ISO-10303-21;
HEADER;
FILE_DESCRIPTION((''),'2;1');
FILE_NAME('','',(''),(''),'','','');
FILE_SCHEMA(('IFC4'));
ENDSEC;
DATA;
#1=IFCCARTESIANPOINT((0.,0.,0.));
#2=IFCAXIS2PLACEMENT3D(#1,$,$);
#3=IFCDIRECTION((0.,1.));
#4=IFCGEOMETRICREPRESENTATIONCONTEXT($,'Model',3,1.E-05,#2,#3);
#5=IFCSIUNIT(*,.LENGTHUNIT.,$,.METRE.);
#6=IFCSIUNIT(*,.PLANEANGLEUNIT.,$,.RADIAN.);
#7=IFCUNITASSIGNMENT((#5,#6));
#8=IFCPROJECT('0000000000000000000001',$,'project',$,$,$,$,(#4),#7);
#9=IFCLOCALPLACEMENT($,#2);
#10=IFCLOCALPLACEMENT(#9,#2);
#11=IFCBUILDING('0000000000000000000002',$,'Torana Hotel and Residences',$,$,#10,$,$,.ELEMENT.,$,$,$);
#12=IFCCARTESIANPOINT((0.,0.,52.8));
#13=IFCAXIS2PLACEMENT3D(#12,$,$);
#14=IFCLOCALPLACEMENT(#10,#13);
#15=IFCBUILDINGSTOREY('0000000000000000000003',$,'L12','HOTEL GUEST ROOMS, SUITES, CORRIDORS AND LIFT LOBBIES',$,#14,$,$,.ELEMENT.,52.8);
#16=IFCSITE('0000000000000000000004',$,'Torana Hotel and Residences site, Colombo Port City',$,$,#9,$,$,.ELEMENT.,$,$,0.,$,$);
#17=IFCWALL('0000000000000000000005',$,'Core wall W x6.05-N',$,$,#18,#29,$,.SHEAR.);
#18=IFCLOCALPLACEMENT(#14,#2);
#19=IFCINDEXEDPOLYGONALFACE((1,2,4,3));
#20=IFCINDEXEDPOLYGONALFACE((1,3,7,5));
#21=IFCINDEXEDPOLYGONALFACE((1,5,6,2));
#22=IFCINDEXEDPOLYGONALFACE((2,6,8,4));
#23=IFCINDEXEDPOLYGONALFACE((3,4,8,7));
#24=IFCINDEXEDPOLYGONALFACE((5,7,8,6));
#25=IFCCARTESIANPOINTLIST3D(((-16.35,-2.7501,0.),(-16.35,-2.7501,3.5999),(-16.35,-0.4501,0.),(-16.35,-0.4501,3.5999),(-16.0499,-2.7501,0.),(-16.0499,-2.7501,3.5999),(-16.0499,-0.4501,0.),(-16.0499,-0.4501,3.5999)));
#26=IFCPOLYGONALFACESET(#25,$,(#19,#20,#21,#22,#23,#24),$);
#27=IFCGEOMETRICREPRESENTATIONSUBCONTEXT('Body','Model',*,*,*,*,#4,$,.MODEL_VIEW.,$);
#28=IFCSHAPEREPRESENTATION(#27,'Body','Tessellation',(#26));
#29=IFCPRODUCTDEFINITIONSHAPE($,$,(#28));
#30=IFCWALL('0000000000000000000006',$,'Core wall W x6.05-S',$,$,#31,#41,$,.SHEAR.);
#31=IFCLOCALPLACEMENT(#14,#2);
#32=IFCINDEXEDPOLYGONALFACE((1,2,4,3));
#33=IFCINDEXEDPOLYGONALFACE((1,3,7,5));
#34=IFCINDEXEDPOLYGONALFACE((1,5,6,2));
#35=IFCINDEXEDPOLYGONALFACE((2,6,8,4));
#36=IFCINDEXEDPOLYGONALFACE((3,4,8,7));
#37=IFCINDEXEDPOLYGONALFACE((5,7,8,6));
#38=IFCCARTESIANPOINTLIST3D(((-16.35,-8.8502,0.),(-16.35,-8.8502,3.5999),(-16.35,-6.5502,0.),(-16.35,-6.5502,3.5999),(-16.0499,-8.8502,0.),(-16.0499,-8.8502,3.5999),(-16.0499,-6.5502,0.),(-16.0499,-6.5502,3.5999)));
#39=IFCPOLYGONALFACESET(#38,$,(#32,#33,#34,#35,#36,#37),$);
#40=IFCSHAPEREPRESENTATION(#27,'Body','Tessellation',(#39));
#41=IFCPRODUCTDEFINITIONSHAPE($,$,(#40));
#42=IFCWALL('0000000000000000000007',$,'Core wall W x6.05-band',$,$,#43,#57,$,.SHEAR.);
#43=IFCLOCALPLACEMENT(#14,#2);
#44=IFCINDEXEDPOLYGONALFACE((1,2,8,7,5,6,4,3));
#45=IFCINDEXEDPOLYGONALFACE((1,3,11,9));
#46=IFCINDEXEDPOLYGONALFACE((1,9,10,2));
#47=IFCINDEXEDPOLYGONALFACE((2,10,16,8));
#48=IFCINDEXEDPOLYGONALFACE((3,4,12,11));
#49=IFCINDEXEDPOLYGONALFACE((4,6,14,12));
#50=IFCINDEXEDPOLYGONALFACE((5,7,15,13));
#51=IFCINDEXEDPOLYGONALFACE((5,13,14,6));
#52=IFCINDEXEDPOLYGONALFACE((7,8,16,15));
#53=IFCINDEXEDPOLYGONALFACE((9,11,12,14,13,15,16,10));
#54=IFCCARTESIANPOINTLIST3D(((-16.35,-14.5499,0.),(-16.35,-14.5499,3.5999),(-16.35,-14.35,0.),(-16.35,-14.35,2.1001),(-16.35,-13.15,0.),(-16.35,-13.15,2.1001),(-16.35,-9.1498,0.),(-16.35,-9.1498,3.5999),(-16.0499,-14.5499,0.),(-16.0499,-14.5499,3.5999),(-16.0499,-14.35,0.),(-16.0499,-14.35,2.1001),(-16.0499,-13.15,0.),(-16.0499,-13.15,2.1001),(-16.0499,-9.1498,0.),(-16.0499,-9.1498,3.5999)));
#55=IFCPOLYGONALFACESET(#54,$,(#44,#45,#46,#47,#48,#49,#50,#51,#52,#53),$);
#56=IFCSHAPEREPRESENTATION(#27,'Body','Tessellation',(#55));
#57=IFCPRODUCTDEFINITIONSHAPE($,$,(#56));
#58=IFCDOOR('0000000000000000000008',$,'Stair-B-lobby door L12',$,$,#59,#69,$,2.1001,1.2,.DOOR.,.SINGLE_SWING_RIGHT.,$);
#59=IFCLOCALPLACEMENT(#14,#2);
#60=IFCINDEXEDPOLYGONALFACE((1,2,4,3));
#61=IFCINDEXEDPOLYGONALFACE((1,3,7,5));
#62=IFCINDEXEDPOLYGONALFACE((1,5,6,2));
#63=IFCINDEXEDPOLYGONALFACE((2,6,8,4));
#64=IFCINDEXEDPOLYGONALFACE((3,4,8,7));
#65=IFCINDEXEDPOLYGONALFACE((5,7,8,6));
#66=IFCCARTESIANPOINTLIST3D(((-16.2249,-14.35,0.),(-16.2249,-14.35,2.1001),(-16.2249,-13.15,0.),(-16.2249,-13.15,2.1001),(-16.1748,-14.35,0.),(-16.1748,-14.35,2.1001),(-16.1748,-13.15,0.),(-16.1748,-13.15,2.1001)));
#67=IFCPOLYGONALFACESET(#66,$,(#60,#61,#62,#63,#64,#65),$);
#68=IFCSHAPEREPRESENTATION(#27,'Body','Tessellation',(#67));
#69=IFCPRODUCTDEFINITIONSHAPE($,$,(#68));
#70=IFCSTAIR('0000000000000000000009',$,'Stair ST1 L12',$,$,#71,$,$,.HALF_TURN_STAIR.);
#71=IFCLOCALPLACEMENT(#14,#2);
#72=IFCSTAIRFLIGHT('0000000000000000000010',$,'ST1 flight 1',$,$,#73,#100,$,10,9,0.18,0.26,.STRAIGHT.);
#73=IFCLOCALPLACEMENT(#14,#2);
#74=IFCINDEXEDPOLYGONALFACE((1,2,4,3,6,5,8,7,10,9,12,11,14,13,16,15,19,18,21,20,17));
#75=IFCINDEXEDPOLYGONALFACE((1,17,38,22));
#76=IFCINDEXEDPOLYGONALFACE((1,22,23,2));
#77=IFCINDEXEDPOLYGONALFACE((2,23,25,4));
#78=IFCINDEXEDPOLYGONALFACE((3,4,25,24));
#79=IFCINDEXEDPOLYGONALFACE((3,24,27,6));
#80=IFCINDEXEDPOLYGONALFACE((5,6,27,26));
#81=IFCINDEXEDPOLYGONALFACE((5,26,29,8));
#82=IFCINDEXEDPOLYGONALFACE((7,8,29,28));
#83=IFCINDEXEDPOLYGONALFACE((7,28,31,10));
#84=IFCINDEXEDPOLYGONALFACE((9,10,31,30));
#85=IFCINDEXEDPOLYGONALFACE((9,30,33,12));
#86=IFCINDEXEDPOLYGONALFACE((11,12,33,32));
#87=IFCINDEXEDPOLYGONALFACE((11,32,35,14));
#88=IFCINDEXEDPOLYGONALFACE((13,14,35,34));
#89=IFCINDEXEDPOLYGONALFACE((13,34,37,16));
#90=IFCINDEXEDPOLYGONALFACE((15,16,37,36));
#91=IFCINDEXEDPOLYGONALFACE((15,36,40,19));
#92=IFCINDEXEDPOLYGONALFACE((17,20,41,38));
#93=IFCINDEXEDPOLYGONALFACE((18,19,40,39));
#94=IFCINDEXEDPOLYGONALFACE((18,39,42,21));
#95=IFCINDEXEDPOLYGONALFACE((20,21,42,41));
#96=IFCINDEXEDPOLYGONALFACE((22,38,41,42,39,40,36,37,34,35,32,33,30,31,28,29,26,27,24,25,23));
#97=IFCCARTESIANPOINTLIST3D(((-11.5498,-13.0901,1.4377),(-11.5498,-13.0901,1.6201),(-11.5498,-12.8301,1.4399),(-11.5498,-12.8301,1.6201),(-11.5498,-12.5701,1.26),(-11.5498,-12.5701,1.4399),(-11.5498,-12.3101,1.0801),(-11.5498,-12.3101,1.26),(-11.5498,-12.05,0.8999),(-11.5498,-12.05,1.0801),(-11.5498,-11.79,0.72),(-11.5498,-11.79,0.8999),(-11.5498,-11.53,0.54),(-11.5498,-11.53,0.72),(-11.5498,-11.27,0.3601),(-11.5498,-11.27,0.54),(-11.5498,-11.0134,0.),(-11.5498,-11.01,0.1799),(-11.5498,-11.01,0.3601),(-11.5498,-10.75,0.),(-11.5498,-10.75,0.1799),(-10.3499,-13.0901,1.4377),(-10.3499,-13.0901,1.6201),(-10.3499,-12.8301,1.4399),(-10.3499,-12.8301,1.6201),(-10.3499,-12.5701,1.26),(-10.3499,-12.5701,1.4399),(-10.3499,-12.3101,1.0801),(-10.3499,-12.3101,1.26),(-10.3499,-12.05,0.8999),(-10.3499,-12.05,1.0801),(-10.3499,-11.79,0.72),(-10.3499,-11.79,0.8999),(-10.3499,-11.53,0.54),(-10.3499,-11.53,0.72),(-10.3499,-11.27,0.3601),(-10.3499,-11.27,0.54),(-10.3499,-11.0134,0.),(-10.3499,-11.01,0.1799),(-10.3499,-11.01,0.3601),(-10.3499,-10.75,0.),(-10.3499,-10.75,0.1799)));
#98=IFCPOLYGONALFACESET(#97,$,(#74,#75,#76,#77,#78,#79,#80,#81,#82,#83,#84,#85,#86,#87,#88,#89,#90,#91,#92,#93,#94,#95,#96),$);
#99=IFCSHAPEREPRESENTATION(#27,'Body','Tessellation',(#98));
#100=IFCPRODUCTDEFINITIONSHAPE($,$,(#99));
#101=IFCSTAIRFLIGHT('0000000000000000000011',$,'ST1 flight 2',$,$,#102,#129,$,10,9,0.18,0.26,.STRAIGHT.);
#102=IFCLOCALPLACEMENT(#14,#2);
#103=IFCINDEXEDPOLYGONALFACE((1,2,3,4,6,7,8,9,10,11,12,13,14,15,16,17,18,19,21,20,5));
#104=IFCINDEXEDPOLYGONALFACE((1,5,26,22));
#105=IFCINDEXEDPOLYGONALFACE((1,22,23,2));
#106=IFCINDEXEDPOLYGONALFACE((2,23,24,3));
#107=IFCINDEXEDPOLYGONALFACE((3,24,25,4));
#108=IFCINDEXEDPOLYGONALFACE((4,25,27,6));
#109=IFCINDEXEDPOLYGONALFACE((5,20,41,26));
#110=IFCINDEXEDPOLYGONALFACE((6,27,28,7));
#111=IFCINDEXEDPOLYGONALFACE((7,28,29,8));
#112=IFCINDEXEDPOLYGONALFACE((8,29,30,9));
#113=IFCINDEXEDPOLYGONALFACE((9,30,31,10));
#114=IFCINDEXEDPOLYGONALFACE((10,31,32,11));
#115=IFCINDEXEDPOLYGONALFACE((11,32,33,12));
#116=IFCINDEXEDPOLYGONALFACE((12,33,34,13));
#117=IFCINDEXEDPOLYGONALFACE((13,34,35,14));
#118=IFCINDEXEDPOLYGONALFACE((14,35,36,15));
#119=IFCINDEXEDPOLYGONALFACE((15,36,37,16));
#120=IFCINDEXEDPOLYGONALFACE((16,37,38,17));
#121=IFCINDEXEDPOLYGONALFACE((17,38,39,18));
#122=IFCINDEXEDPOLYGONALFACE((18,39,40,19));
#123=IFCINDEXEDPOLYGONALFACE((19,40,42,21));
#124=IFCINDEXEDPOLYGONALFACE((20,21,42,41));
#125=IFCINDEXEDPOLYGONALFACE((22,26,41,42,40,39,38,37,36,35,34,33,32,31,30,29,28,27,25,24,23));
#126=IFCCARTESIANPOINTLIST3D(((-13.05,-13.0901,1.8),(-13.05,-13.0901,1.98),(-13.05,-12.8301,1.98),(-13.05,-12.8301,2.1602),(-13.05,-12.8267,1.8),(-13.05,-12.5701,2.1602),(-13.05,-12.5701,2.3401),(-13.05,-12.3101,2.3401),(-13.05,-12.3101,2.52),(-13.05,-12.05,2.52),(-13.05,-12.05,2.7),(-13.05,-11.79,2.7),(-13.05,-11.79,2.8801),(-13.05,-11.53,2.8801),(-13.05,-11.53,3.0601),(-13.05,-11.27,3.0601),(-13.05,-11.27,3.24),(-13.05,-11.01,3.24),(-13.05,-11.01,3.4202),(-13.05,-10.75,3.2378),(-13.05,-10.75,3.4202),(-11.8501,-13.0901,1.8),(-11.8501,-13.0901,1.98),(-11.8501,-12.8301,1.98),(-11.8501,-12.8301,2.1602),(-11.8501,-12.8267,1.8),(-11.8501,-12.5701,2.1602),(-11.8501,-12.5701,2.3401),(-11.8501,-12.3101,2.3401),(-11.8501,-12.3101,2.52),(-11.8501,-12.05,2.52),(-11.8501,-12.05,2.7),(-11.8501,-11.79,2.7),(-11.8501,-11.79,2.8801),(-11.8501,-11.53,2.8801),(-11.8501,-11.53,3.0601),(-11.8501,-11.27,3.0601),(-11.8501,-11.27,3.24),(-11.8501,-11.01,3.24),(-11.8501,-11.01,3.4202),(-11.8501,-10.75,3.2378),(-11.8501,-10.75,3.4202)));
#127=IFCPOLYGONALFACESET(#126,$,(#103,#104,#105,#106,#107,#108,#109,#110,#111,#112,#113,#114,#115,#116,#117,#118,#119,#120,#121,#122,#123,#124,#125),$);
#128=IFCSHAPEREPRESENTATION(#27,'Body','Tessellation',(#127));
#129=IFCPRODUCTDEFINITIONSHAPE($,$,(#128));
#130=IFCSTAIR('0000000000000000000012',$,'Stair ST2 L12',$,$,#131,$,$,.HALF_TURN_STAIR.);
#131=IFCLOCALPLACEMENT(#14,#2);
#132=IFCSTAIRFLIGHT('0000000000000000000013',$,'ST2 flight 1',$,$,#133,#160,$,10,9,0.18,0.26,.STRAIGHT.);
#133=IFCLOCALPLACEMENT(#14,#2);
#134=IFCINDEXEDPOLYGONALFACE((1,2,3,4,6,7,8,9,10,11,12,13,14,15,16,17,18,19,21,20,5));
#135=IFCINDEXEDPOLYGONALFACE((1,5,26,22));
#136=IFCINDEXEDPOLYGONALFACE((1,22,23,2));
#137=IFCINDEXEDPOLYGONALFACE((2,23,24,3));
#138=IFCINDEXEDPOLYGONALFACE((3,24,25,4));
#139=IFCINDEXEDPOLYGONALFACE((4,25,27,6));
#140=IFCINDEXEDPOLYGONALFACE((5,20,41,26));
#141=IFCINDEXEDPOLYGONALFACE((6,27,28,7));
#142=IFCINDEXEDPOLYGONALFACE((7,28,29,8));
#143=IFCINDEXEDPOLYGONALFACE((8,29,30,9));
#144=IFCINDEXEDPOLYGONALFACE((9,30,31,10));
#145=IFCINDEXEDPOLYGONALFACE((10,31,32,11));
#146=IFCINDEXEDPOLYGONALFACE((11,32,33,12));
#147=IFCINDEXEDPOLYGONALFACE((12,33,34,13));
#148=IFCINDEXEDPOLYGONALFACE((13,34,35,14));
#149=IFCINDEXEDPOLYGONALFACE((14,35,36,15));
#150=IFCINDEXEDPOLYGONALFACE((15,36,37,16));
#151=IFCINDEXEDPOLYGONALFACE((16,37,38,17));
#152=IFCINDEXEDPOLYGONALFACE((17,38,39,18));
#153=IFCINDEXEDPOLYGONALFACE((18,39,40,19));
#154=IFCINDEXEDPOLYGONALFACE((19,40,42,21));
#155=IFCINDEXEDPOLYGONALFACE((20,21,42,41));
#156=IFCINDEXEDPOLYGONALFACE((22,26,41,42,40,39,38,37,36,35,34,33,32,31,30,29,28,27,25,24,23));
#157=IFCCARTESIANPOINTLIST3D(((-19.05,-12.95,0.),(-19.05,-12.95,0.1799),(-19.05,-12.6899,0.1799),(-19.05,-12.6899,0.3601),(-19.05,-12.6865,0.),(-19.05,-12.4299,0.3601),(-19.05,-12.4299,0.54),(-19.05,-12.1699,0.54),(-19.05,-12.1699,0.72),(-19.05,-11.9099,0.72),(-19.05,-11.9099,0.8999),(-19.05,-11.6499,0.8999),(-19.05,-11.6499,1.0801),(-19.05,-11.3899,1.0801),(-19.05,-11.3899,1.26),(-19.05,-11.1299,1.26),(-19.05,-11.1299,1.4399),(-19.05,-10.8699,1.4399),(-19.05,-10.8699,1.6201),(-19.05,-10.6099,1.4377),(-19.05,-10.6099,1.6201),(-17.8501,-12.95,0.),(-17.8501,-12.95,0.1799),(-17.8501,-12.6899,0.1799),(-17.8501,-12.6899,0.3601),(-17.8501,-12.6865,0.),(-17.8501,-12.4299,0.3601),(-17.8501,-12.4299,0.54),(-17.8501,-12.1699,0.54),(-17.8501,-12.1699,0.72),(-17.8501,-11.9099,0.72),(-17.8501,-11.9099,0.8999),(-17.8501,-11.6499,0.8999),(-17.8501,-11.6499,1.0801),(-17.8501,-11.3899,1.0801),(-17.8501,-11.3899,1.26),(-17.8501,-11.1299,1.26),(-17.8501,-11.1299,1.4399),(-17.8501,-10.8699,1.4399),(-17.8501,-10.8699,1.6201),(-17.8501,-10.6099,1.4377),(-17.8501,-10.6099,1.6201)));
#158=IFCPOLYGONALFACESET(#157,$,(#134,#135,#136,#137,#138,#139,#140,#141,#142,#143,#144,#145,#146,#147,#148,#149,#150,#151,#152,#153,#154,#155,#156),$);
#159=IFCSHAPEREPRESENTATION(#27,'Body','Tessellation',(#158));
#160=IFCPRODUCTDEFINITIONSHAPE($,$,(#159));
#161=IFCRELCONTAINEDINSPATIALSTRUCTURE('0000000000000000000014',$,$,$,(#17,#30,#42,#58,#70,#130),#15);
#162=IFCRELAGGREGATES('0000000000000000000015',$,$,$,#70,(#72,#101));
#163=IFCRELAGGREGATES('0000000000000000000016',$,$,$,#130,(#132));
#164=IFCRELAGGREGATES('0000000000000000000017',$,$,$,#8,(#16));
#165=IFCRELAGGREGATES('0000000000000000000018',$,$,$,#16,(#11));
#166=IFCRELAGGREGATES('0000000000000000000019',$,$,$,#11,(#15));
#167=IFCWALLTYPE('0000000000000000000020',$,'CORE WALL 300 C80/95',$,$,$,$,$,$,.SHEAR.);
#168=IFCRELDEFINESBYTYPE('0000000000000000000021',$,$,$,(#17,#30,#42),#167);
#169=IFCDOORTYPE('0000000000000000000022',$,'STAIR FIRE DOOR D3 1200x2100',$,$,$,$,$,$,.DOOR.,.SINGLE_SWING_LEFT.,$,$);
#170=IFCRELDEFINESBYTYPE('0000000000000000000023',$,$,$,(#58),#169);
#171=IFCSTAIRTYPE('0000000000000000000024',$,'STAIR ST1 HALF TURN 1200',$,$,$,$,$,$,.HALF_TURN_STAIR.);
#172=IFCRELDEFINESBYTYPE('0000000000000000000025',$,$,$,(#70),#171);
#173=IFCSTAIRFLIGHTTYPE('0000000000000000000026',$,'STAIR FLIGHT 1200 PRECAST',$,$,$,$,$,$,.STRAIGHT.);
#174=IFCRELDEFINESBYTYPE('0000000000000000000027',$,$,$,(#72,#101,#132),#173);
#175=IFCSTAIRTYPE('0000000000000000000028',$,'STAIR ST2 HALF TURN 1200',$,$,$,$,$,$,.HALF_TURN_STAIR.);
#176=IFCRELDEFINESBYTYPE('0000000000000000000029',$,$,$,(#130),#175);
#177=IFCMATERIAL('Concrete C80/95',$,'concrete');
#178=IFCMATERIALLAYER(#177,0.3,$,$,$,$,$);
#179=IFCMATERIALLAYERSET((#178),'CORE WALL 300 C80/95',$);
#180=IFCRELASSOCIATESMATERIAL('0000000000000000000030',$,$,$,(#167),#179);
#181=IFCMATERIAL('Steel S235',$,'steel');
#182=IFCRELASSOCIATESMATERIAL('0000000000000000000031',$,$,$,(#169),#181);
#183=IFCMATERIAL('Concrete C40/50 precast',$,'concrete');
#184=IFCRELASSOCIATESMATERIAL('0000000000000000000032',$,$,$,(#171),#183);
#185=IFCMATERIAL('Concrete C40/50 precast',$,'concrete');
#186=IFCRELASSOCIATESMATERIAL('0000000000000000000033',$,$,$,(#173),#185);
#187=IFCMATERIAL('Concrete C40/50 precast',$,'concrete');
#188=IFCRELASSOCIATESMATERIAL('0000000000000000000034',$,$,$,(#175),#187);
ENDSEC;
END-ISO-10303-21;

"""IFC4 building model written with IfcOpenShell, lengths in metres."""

from ifc_helpers import new_model, si_unit, direction, frame, frame_2d, origin, place, context, subcontext, project, spatial, polyline, rectangle, outline, extrude, material, layer, layer_set, type_object, element, fill, aggregate, save


model = new_model("IFC4")

# Units and contexts
model_context = context("Model", 3, precision=1e-05, world=origin(), true_north=direction((0.0, 1.0)))
body_context = subcontext(model_context, "Body", "Model", "MODEL_VIEW")
ifc_project = project(units=[si_unit("LENGTHUNIT", "METRE"), si_unit("PLANEANGLEUNIT", "RADIAN")], contexts=[model_context])

# Site, building, storey
site_placement = place(None, origin())
site = spatial("IfcSite", under=ifc_project, at=site_placement, Name="Torana Hotel and Residences site, Colombo Port City", CompositionType="ELEMENT", RefElevation=0.0)
building_placement = place(site_placement, origin())
building = spatial("IfcBuilding", under=site, at=building_placement, Name="Torana Hotel and Residences", CompositionType="ELEMENT")
storey_placement = place(building_placement, frame((0.0, 0.0, 52.8)))
storey = spatial("IfcBuildingStorey", under=building, at=storey_placement, Name="L12", Description="HOTEL GUEST ROOMS, SUITES, CORRIDORS AND LIFT LOBBIES", CompositionType="ELEMENT", Elevation=52.8)

# Shared definitions
ifc_material_1 = material(Name="Concrete C80/95", Category="concrete")
ifc_layer_1 = layer(ifc_material_1, 0.3)
ifc_layer_set_1 = layer_set([ifc_layer_1], Name="CORE WALL 300 C80/95")
wall_type_1 = type_object("IfcWallType", Name="CORE WALL 300 C80/95", PredefinedType="SHEAR", material=ifc_layer_set_1)

# Shared definitions
ifc_material_2 = material(Name="Steel S235", Category="steel")
door_type_1 = type_object("IfcDoorType", Name="STAIR FIRE DOOR D3 1200x2100", OperationType="SINGLE_SWING_LEFT", PredefinedType="DOOR", material=ifc_material_2)

# Walls
for number, where, z_axis, x_axis, name in (
    (1, (-16.2, -2.75, 0.0), (0.0, 0.0, 1.0), (0.0, 1.0, 0.0), "Core wall W x6.05-N"),
    (2, (-16.2, -8.8501, 0.0), (0.0, 0.0, 1.0), (0.0, 1.0, 0.0), "Core wall W x6.05-S"),
):
    element("IfcWall", number, at=place(storey_placement, frame(where, z_axis=z_axis, x_axis=x_axis)), inside=storey, type_object=wall_type_1, Name=name, PredefinedType="SHEAR", context=body_context, shape_type="SweptSolid", body=[
        extrude(rectangle(XDim=2.3, YDim=0.3, at=frame_2d((1.1499, 0.0))), origin(), (0.0, 0.0, 1.0), 3.5999),
    ])

# Wall, opening, door
wall_1_placement = place(storey_placement, frame((-16.2, -14.55, 0.0), z_axis=(0.0, 0.0, 1.0), x_axis=(0.0, 1.0, 0.0)))
wall_1 = element("IfcWall", 3, at=wall_1_placement, inside=storey, type_object=wall_type_1, Name="Core wall W x6.05-band", PredefinedType="SHEAR", context=body_context, shape_type="SweptSolid", body=[
    extrude(rectangle(XDim=5.4001, YDim=0.3, at=frame_2d((2.7002, 0.0))), origin(), (0.0, 0.0, 1.0), 3.5999),
])
opening_1_placement = place(wall_1_placement, frame((0.2, 0.0, 0.0)))
opening_1 = element("IfcOpeningElement", 4, at=opening_1_placement, cuts=wall_1, PredefinedType="OPENING", context=body_context, shape_type="SweptSolid", body=[
    extrude(rectangle(XDim=1.2, YDim=2.1001, at=frame_2d((0.6001, 1.05))), frame((0.0, 0.1599, 0.0), z_axis=(0.0, -1.0, 0.0), x_axis=(1.0, 0.0, 0.0)), (0.0, 0.0, 1.0), 0.3201),
])
door_1_placement = place(opening_1_placement, origin())
door_1 = element("IfcDoor", 5, at=door_1_placement, inside=storey, type_object=door_type_1, Name="Stair-B-lobby door L12", OperationType="SINGLE_SWING_RIGHT", OverallHeight=2.1001, OverallWidth=1.2, PredefinedType="DOOR", context=body_context, shape_type="SweptSolid", body=[
    extrude(rectangle(XDim=1.2, YDim=2.1001, at=frame_2d((0.6001, 1.05))), frame((0.0, 0.0249, 0.0), z_axis=(0.0, -1.0, 0.0), x_axis=(1.0, 0.0, 0.0)), (0.0, 0.0, 1.0), 0.05),
])
fill(opening_1, door_1)

# Stairs, stair flights
ifc_material_3 = material(Name="Concrete C40/50 precast", Category="concrete")
stair_type_1 = type_object("IfcStairType", Name="STAIR ST1 HALF TURN 1200", PredefinedType="HALF_TURN_STAIR", material=ifc_material_3)
stair_1_placement = place(storey_placement, origin())
stair_1 = element("IfcStair", 6, at=stair_1_placement, inside=storey, type_object=stair_type_1, Name="Stair ST1 L12", PredefinedType="HALF_TURN_STAIR")
ifc_material_4 = material(Name="Concrete C40/50 precast", Category="concrete")
stair_flight_type = type_object("IfcStairFlightType", Name="STAIR FLIGHT 1200 PRECAST", PredefinedType="STRAIGHT", material=ifc_material_4)
stair_flight_1_placement = place(storey_placement, frame((-10.95, -10.75, 0.0), z_axis=(0.0, 0.0, 1.0), x_axis=(0.0, -1.0, 0.0)))
stair_flight_1 = element("IfcStairFlight", 7, at=stair_flight_1_placement, type_object=stair_flight_type, Name="ST1 flight 1", NumberOfRisers=10, NumberOfTreads=9, PredefinedType="STRAIGHT", RiserHeight=0.18, TreadLength=0.26, context=body_context, shape_type="SweptSolid", body=[
    extrude(outline(polyline([(0.0, 0.0), (0.0, 0.1799), (0.26, 0.1799), (0.26, 0.3601), (0.52, 0.3601), (0.52, 0.54), (0.78, 0.54), (0.78, 0.72), (1.04, 0.72), (1.04, 0.8999), (1.3, 0.8999), (1.3, 1.0801), (1.5601, 1.0801), (1.5601, 1.26), (1.8201, 1.26), (1.8201, 1.4399), (2.0801, 1.4399), (2.0801, 1.6201), (2.3401, 1.6201), (2.3401, 1.8), (2.3401, 1.4377), (0.2634, 0.0), (0.0, 0.0)])), frame((0.0, 0.6001, 0.0), z_axis=(0.0, -1.0, 0.0), x_axis=(1.0, 0.0, 0.0)), (0.0, 0.0, 1.0), 1.2),
])
stair_flight_2_placement = place(storey_placement, frame((-12.45, -13.0901, 1.8), z_axis=(0.0, 0.0, 1.0), x_axis=(0.0, 1.0, 0.0)))
stair_flight_2 = element("IfcStairFlight", 8, at=stair_flight_2_placement, type_object=stair_flight_type, Name="ST1 flight 2", NumberOfRisers=10, NumberOfTreads=9, PredefinedType="STRAIGHT", RiserHeight=0.18, TreadLength=0.26, context=body_context, shape_type="SweptSolid", body=[
    extrude(outline(polyline([(0.0, 0.0), (0.0, 0.1799), (0.26, 0.1799), (0.26, 0.3601), (0.52, 0.3601), (0.52, 0.54), (0.78, 0.54), (0.78, 0.72), (1.04, 0.72), (1.04, 0.8999), (1.3, 0.8999), (1.3, 1.0801), (1.5601, 1.0801), (1.5601, 1.26), (1.8201, 1.26), (1.8201, 1.4399), (2.0801, 1.4399), (2.0801, 1.6201), (2.3401, 1.6201), (2.3401, 1.8), (2.3401, 1.4377), (0.2634, 0.0), (0.0, 0.0)])), frame((0.0, 0.6001, 0.0), z_axis=(0.0, -1.0, 0.0), x_axis=(1.0, 0.0, 0.0)), (0.0, 0.0, 1.0), 1.2),
])
aggregate(stair_1, [stair_flight_1, stair_flight_2])
ifc_material_5 = material(Name="Concrete C40/50 precast", Category="concrete")
stair_type_2 = type_object("IfcStairType", Name="STAIR ST2 HALF TURN 1200", PredefinedType="HALF_TURN_STAIR", material=ifc_material_5)
stair_2_placement = place(storey_placement, origin())
stair_2 = element("IfcStair", 9, at=stair_2_placement, inside=storey, type_object=stair_type_2, Name="Stair ST2 L12", PredefinedType="HALF_TURN_STAIR")
stair_flight_3_placement = place(storey_placement, frame((-18.45, -12.95, 0.0), z_axis=(0.0, 0.0, 1.0), x_axis=(0.0, 1.0, 0.0)))
stair_flight_3 = element("IfcStairFlight", 10, at=stair_flight_3_placement, type_object=stair_flight_type, Name="ST2 flight 1", NumberOfRisers=10, NumberOfTreads=9, PredefinedType="STRAIGHT", RiserHeight=0.18, TreadLength=0.26, context=body_context, shape_type="SweptSolid", body=[
    extrude(outline(polyline([(0.0, 0.0), (0.0, 0.1799), (0.26, 0.1799), (0.26, 0.3601), (0.52, 0.3601), (0.52, 0.54), (0.78, 0.54), (0.78, 0.72), (1.04, 0.72), (1.04, 0.8999), (1.3, 0.8999), (1.3, 1.0801), (1.5601, 1.0801), (1.5601, 1.26), (1.8201, 1.26), (1.8201, 1.4399), (2.0801, 1.4399), (2.0801, 1.6201), (2.3401, 1.6201), (2.3401, 1.8), (2.3401, 1.4377), (0.2634, 0.0), (0.0, 0.0)])), frame((0.0, 0.6001, 0.0), z_axis=(0.0, -1.0, 0.0), x_axis=(1.0, 0.0, 0.0)), (0.0, 0.0, 1.0), 1.2),
])
aggregate(stair_2, [stair_flight_3])

save(model, "model.ifc")
